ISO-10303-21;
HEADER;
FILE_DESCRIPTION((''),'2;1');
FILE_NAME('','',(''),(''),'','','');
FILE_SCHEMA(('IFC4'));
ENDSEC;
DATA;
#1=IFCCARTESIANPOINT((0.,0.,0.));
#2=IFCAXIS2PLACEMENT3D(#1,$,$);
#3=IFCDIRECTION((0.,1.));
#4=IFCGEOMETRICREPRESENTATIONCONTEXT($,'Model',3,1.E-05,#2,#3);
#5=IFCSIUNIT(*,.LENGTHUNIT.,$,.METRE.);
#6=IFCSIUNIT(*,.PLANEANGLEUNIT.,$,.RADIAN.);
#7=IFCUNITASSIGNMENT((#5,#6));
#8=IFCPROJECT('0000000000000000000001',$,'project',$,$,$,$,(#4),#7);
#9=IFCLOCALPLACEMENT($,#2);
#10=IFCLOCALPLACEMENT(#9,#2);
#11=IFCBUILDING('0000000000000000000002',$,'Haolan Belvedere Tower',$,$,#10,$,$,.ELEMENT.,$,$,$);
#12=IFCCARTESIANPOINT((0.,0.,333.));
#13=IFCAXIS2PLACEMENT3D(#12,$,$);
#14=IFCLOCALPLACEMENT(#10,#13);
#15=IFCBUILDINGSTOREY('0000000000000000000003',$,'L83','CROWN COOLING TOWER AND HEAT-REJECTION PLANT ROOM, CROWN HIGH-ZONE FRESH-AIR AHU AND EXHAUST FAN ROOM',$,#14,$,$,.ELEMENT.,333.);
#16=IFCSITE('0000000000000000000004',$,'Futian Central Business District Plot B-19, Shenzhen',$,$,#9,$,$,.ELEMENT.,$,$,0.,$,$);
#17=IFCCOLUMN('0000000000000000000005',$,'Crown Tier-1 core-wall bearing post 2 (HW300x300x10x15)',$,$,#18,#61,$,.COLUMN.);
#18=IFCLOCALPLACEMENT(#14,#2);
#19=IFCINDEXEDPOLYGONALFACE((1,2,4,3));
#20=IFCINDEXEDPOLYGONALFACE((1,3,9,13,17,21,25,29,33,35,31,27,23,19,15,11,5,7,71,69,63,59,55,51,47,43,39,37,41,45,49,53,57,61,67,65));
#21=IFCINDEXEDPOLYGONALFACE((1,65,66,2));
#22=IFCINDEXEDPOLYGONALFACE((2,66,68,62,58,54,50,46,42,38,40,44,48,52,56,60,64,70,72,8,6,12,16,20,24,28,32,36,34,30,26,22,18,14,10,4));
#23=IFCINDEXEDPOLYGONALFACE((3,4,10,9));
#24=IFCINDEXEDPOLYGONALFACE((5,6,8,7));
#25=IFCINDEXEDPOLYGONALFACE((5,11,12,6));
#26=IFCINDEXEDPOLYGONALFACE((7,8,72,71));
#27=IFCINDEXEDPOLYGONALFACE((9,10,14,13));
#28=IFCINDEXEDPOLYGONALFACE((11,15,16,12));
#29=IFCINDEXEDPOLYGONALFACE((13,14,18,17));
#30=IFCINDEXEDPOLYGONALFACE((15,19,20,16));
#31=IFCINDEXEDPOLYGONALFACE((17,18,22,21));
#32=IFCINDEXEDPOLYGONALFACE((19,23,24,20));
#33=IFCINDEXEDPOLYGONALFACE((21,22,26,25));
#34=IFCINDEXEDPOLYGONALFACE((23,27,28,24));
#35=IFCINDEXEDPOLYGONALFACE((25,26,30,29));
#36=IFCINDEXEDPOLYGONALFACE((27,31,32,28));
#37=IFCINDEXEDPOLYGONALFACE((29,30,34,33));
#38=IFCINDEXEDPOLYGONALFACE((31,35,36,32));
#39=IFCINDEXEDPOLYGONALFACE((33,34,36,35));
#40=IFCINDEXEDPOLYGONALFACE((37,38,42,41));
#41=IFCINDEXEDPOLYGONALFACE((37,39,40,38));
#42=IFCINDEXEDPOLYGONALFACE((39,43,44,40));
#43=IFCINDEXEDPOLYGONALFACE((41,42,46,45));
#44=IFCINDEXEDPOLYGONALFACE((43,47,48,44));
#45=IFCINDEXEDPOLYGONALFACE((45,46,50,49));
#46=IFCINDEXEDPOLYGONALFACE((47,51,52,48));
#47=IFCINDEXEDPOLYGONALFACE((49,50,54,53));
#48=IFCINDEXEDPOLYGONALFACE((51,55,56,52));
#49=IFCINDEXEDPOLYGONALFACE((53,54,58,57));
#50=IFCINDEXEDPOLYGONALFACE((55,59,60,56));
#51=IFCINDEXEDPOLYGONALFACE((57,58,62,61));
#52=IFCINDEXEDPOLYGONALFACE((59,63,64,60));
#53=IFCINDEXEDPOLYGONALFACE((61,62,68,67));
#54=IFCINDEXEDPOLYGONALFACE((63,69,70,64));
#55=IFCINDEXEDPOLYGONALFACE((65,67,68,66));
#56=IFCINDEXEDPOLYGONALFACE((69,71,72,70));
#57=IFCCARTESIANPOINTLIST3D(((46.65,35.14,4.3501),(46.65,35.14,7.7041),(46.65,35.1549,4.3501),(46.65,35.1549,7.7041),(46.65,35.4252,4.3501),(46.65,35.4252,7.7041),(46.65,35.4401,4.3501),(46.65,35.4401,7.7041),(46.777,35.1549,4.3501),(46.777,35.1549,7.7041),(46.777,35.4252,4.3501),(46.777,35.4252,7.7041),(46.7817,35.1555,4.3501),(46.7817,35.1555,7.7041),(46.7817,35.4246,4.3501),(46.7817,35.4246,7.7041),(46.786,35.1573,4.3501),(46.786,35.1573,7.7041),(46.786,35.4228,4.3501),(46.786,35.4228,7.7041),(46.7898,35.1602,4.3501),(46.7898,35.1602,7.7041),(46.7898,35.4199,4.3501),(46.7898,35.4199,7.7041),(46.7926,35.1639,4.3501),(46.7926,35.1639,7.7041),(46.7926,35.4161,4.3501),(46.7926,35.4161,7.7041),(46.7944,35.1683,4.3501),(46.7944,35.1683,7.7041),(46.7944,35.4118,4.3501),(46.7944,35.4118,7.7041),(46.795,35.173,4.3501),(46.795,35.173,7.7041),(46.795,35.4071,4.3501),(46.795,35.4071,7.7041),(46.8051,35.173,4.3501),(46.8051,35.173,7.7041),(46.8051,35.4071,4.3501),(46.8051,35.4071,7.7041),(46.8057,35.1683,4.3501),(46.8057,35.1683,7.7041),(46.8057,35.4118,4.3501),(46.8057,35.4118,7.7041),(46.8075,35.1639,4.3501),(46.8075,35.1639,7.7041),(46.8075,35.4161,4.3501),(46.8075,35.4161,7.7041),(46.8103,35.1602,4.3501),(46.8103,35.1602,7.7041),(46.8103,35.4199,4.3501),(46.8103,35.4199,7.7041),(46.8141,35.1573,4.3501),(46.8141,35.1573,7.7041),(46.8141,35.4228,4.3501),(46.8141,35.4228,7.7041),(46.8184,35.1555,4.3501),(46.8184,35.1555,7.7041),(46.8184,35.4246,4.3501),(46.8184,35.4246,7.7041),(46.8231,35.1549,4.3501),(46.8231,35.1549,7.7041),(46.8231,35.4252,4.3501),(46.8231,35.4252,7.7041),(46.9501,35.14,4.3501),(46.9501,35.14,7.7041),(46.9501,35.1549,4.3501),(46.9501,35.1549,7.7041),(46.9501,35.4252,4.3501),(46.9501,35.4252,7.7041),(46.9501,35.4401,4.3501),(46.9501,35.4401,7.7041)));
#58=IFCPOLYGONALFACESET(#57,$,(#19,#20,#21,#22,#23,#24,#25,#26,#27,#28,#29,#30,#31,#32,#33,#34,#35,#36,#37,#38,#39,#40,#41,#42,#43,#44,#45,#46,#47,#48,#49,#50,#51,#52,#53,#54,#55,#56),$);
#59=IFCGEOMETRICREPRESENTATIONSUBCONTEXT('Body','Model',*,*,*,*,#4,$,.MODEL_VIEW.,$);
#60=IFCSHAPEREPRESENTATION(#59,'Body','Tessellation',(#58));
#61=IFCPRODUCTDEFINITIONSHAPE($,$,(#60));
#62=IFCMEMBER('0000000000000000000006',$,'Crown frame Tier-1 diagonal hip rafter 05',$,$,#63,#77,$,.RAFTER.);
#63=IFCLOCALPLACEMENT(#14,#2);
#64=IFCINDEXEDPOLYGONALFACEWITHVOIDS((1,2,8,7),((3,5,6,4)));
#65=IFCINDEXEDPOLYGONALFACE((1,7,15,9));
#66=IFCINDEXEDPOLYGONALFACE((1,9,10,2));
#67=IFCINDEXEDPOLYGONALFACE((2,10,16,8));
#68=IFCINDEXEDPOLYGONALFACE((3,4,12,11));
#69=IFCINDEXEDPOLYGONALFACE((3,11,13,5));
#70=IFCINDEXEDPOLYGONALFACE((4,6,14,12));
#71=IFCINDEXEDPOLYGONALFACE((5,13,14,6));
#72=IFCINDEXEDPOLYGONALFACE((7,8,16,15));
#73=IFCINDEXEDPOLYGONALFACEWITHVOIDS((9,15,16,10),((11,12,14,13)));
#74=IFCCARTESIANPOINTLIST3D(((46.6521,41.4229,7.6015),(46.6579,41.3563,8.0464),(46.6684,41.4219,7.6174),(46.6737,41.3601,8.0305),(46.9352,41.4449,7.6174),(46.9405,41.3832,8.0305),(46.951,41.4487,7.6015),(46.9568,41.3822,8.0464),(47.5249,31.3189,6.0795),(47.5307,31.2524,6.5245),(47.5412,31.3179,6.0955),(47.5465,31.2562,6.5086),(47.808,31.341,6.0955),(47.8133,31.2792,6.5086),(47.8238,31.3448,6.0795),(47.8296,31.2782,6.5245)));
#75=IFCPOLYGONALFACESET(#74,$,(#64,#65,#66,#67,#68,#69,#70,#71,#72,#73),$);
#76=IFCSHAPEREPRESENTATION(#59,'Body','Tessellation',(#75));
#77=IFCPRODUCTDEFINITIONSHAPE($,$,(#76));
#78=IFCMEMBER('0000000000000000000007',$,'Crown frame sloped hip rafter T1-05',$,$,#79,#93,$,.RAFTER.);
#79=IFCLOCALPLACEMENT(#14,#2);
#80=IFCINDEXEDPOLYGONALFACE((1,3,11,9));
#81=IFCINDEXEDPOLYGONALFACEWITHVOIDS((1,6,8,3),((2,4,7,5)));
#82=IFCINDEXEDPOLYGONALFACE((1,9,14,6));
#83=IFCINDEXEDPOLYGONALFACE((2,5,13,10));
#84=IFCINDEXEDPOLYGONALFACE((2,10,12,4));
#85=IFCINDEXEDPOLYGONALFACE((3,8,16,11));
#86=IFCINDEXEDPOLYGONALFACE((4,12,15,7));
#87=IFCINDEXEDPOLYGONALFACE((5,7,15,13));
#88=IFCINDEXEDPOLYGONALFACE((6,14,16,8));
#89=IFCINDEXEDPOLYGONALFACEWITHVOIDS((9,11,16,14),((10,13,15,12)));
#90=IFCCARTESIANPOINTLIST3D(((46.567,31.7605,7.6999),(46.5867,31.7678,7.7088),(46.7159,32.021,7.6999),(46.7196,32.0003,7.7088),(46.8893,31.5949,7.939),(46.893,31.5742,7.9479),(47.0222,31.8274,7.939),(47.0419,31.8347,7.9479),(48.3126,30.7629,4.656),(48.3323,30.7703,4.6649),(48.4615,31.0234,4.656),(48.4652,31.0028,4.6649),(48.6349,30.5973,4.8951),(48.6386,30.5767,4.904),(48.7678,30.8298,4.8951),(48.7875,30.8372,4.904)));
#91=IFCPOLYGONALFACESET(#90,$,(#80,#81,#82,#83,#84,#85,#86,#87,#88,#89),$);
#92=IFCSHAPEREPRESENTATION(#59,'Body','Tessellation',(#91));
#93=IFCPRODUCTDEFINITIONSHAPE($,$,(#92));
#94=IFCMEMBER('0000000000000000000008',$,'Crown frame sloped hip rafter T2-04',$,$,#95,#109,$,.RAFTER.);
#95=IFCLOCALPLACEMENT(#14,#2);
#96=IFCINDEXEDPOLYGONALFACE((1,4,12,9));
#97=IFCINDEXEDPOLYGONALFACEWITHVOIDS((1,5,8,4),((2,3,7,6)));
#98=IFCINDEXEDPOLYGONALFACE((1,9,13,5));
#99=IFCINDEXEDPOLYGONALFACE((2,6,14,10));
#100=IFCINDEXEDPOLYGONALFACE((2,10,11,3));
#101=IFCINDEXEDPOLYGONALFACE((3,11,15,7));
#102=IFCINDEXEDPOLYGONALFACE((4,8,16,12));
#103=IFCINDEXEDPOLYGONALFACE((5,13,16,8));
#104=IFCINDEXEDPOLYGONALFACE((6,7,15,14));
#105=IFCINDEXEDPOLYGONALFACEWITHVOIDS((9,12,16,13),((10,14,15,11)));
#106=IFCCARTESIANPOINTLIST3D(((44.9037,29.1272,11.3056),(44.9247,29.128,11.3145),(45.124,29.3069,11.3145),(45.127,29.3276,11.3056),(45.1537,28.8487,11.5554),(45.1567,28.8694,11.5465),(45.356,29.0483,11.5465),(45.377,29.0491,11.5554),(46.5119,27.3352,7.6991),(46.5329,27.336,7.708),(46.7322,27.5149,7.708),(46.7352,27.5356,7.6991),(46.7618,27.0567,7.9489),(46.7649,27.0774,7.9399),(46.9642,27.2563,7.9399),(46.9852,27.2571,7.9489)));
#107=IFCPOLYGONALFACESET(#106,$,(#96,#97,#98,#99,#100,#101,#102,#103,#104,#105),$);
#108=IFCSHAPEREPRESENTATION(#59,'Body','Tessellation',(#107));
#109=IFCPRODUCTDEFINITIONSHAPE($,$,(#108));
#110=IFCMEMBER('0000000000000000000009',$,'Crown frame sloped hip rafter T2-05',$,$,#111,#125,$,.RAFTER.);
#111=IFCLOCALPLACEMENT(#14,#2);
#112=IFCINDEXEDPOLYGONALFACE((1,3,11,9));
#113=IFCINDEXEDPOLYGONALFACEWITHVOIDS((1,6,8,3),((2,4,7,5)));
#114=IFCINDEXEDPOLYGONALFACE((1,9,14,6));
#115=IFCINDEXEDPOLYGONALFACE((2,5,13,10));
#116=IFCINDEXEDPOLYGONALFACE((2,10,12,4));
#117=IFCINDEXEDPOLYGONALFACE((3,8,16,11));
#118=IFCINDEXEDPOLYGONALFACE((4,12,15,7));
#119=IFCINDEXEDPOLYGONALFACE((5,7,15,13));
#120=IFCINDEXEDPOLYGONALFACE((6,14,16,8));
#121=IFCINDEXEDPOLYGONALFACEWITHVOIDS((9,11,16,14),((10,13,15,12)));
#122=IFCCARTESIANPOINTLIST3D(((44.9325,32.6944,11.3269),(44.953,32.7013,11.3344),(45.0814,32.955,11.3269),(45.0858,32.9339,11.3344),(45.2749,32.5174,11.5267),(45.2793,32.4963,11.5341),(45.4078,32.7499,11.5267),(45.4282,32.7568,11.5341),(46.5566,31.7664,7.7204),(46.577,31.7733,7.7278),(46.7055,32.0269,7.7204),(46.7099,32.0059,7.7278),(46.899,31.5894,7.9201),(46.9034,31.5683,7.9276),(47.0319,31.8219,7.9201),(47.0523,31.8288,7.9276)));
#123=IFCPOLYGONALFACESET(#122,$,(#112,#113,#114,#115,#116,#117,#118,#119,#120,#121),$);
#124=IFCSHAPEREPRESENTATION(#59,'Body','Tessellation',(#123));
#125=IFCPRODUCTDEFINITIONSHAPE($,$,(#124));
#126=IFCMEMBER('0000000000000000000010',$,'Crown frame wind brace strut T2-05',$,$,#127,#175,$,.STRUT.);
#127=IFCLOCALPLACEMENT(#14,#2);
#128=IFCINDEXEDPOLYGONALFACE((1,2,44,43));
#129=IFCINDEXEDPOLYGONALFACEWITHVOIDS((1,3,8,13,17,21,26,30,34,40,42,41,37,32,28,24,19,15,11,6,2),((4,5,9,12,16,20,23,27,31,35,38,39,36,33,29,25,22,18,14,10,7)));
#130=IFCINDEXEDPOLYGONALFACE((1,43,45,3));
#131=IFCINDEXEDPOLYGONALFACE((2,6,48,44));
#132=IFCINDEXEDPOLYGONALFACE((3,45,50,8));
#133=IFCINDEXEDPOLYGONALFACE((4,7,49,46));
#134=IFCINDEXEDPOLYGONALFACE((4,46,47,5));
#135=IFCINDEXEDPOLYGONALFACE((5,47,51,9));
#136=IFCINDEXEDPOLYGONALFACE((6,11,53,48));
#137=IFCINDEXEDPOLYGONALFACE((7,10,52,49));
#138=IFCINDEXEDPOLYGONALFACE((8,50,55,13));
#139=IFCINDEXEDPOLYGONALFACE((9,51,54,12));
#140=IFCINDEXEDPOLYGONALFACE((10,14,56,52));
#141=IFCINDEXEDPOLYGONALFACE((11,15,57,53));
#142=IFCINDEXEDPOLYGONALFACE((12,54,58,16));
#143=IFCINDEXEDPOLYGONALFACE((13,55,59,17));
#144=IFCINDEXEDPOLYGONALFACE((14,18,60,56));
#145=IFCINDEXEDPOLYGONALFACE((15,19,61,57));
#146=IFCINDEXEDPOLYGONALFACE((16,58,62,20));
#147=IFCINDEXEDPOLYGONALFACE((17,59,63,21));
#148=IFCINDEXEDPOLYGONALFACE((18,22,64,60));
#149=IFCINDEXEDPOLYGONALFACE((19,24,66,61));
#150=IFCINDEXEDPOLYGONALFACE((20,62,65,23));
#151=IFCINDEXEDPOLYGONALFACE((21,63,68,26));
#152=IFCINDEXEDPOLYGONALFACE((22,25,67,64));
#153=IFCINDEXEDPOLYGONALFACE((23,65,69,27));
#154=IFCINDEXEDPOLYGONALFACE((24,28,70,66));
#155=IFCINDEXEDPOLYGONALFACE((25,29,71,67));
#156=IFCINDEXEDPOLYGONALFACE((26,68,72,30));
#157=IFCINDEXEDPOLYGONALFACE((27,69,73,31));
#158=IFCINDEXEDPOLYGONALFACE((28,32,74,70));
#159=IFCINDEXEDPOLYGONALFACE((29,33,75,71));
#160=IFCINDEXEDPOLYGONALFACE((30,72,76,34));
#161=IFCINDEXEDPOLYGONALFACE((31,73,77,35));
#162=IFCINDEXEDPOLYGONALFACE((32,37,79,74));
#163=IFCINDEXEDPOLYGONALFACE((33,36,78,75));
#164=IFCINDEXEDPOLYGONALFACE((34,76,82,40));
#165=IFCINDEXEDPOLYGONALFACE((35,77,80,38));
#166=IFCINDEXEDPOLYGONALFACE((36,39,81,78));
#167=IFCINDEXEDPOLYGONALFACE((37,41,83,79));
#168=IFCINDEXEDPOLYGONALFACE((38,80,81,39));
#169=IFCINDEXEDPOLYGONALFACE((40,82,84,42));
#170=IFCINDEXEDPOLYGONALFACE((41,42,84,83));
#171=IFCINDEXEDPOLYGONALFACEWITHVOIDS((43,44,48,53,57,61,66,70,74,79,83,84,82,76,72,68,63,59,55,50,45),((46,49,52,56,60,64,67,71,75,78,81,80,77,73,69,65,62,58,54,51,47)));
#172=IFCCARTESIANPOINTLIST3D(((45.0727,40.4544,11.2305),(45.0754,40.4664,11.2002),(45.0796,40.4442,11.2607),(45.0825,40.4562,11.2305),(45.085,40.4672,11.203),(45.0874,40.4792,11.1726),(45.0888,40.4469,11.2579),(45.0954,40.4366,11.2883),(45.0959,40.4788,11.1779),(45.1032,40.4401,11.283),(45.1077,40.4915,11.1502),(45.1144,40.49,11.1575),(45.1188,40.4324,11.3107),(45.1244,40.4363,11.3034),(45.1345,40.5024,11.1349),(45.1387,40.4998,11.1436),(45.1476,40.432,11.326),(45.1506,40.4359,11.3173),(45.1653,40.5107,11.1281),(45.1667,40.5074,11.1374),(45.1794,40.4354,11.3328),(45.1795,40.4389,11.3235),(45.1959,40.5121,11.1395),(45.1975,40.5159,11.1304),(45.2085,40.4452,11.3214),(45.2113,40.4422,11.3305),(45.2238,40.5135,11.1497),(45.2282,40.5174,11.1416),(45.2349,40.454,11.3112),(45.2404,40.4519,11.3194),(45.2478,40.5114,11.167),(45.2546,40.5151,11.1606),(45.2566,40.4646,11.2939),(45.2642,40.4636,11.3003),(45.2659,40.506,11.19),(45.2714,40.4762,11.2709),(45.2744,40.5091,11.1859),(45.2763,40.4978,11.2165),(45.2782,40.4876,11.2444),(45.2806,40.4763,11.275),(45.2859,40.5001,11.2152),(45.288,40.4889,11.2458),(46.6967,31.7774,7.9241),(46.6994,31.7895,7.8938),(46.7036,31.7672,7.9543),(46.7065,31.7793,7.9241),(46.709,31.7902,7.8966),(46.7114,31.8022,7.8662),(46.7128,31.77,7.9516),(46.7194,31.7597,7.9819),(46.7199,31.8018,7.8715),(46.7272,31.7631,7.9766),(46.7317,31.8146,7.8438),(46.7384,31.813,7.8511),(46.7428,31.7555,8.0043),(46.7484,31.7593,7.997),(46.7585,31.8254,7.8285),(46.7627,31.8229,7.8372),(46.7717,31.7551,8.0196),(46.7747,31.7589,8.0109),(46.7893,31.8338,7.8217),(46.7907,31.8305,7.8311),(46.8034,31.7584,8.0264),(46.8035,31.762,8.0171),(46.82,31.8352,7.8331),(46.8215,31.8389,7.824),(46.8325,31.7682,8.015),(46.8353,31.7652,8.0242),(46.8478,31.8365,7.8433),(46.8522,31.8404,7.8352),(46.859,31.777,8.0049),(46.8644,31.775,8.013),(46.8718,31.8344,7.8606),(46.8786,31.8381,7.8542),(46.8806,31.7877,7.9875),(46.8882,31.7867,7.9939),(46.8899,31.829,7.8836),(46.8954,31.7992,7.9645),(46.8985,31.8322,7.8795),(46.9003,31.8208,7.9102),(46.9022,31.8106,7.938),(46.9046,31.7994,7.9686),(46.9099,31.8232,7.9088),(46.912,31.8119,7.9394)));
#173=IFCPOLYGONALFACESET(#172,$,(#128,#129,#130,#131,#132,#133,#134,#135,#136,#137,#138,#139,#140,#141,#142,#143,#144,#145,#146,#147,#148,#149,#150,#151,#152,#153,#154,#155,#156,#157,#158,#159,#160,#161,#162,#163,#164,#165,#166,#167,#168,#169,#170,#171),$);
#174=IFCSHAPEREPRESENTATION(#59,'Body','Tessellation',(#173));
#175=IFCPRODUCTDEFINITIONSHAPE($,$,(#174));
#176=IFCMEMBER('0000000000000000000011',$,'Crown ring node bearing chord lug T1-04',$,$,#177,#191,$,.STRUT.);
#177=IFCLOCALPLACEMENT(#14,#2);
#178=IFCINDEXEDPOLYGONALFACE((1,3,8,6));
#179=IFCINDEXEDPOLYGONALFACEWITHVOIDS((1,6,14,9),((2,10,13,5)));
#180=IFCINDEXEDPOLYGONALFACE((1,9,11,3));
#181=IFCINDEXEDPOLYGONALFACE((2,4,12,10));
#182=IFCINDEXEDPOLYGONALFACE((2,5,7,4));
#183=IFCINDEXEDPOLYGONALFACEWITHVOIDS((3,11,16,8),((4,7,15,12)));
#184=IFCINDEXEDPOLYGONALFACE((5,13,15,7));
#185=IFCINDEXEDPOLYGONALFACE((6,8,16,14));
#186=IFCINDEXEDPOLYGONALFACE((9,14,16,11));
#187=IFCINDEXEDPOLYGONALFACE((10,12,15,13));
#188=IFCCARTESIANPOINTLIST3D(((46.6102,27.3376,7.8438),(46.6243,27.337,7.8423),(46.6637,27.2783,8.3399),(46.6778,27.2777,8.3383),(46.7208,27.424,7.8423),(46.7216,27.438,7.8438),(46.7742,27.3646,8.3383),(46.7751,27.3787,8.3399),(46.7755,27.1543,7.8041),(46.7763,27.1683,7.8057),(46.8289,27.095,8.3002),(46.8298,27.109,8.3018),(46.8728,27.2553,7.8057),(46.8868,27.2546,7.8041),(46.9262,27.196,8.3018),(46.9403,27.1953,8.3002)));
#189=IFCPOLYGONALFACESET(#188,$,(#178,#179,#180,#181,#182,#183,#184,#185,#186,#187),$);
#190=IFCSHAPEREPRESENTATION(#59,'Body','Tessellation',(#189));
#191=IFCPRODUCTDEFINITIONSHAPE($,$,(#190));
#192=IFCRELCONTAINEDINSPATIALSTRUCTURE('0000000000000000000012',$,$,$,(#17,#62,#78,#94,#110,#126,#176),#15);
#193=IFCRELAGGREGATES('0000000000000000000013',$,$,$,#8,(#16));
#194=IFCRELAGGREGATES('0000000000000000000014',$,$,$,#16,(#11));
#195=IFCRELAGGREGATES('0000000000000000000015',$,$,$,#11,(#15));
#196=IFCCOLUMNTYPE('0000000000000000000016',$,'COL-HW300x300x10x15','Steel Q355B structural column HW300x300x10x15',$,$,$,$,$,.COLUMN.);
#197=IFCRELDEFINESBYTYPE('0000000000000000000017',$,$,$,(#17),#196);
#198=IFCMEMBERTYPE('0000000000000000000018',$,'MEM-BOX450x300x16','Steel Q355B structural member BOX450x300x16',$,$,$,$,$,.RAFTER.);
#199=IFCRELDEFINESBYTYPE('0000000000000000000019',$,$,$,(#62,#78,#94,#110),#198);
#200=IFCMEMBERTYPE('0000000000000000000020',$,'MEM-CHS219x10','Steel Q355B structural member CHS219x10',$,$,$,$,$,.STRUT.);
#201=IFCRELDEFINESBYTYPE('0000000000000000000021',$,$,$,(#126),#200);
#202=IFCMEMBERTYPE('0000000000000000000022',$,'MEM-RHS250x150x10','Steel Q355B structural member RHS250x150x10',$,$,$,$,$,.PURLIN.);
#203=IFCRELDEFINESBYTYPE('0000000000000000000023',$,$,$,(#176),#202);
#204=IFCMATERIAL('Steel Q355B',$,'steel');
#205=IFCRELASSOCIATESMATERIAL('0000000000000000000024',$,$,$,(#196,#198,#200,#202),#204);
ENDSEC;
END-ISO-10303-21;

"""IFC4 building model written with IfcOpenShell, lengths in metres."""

from ifc_helpers import new_model, si_unit, direction, frame, origin, origin_2d, place, context, subcontext, project, spatial, hollow_rectangle, hollow_circle, i_section, extrude, material, material_profile, profile_set, type_object, element, save


model = new_model("IFC4")

# Units and contexts
model_context = context("Model", 3, precision=1e-05, world=origin(), true_north=direction((0.0, 1.0)))
body_context = subcontext(model_context, "Body", "Model", "MODEL_VIEW")
ifc_project = project(units=[si_unit("LENGTHUNIT", "METRE"), si_unit("PLANEANGLEUNIT", "RADIAN")], contexts=[model_context])

# Site, building, storey
site_placement = place(None, origin())
site = spatial("IfcSite", under=ifc_project, at=site_placement, Name="Futian Central Business District Plot B-19, Shenzhen", CompositionType="ELEMENT", RefElevation=0.0)
building_placement = place(site_placement, origin())
building = spatial("IfcBuilding", under=site, at=building_placement, Name="Haolan Belvedere Tower", CompositionType="ELEMENT")
storey_placement = place(building_placement, frame((0.0, 0.0, 333.0)))
storey = spatial("IfcBuildingStorey", under=building, at=storey_placement, Name="L83", Description="CROWN COOLING TOWER AND HEAT-REJECTION PLANT ROOM, CROWN HIGH-ZONE FRESH-AIR AHU AND EXHAUST FAN ROOM", CompositionType="ELEMENT", Elevation=333.0)

# Column
ifc_material_1 = material(Name="Steel Q355B", Category="steel")
ifc_material_profile_1 = material_profile(ifc_material_1, i_section(OverallWidth=0.3, OverallDepth=0.3, WebThickness=0.01, FlangeThickness=0.0149, FilletRadius=0.0181, at=origin_2d()), Name="Steel Q355B")
ifc_profile_set_1 = profile_set([ifc_material_profile_1], Name="Steel Q355B")
column_type = type_object("IfcColumnType", Name="COL-HW300x300x10x15", Description="Steel Q355B structural column HW300x300x10x15", PredefinedType="COLUMN", material=ifc_profile_set_1)
column_placement = place(storey_placement, frame((46.8, 35.29, 4.3501), z_axis=(0.0, 0.0, 1.0), x_axis=(1.0, 0.0, 0.0)))
element("IfcColumn", 1, at=column_placement, inside=storey, type_object=column_type, Name="Crown Tier-1 core-wall bearing post 2 (HW300x300x10x15)", PredefinedType="COLUMN", context=body_context, shape_type="SweptSolid", body=[
    extrude(i_section(OverallWidth=0.3, OverallDepth=0.3, WebThickness=0.01, FlangeThickness=0.0149, FilletRadius=0.0181, at=origin_2d()), origin(), (0.0, 0.0, 1.0), 3.354),
])

# Members
ifc_material_profile_2 = material_profile(ifc_material_1, hollow_rectangle(XDim=0.3, YDim=0.45, WallThickness=0.0161, at=origin_2d()), Name="Steel Q355B")
ifc_profile_set_2 = profile_set([ifc_material_profile_2], Name="Steel Q355B")
member_type_1 = type_object("IfcMemberType", Name="MEM-BOX450x300x16", Description="Steel Q355B structural member BOX450x300x16", PredefinedType="RAFTER", material=ifc_profile_set_2)
member_1_placement = place(storey_placement, frame((47.6772, 31.2986, 6.302), z_axis=(-0.085108, 0.985257, 0.14841), x_axis=(-0.99629, -0.086061, 0.0)))
element("IfcMember", 2, at=member_1_placement, inside=storey, type_object=member_type_1, Name="Crown frame Tier-1 diagonal hip rafter 05", PredefinedType="RAFTER", context=body_context, shape_type="SweptSolid", body=[
    extrude(hollow_rectangle(XDim=0.3, YDim=0.45, WallThickness=0.0161, at=origin_2d()), origin(), (0.0, 0.0, 1.0), 10.2551),
])
member_2_placement = place(storey_placement, frame((48.55, 30.8, 4.78), z_axis=(-0.478511, 0.273454, 0.834416), x_axis=(-0.496165, -0.868228, 0.0)))
element("IfcMember", 3, at=member_2_placement, inside=storey, type_object=member_type_1, Name="Crown frame sloped hip rafter T1-05", PredefinedType="RAFTER", context=body_context, shape_type="SweptSolid", body=[
    extrude(hollow_rectangle(XDim=0.3, YDim=0.45, WallThickness=0.0161, at=origin_2d()), origin(), (0.0, 0.0, 1.0), 3.6479),
])
member_3_placement = place(storey_placement, frame((46.7485, 27.2961, 7.824), z_axis=(-0.370855, 0.41325, 0.83168), x_axis=(-0.744251, -0.6679, 0.0)))
element("IfcMember", 4, at=member_3_placement, inside=storey, type_object=member_type_1, Name="Crown frame sloped hip rafter T2-04", PredefinedType="RAFTER", context=body_context, shape_type="SweptSolid", body=[
    extrude(hollow_rectangle(XDim=0.3, YDim=0.45, WallThickness=0.0161, at=origin_2d()), origin(), (0.0, 0.0, 1.0), 4.3364),
])
member_4_placement = place(storey_placement, frame((46.8044, 31.7976, 7.824), z_axis=(-0.399746, 0.228418, 0.88771), x_axis=(-0.496125, -0.868251, 0.0)))
element("IfcMember", 5, at=member_4_placement, inside=storey, type_object=member_type_1, Name="Crown frame sloped hip rafter T2-05", PredefinedType="RAFTER", context=body_context, shape_type="SweptSolid", body=[
    extrude(hollow_rectangle(XDim=0.3, YDim=0.45, WallThickness=0.0161, at=origin_2d()), origin(), (0.0, 0.0, 1.0), 4.0627),
])
ifc_material_profile_3 = material_profile(ifc_material_1, hollow_circle(Radius=0.1096, WallThickness=0.01, at=origin_2d()), Name="Steel Q355B")
ifc_profile_set_3 = profile_set([ifc_material_profile_3], Name="Steel Q355B")
member_type_2 = type_object("IfcMemberType", Name="MEM-CHS219x10", Description="Steel Q355B structural member CHS219x10", PredefinedType="STRUT", material=ifc_profile_set_3)
member_5_placement = place(storey_placement, frame((46.8044, 31.7976, 7.9241), z_axis=(-0.172282, 0.920484, 0.350753), x_axis=(-0.982932, -0.18397, 0.0)))
element("IfcMember", 6, at=member_5_placement, inside=storey, type_object=member_type_2, Name="Crown frame wind brace strut T2-05", PredefinedType="STRUT", context=body_context, shape_type="SweptSolid", body=[
    extrude(hollow_circle(Radius=0.1096, WallThickness=0.01, at=origin_2d()), origin(), (0.0, 0.0, 1.0), 9.4265),
])
ifc_material_profile_4 = material_profile(ifc_material_1, hollow_rectangle(XDim=0.1499, YDim=0.25, WallThickness=0.01, at=origin_2d()), Name="Steel Q355B")
ifc_profile_set_4 = profile_set([ifc_material_profile_4], Name="Steel Q355B")
member_type_3 = type_object("IfcMemberType", Name="MEM-RHS250x150x10", Description="Steel Q355B structural member RHS250x150x10", PredefinedType="PURLIN", material=ifc_profile_set_4)
for number, where, z_axis, x_axis, name in (
    (7, (46.7485, 27.2961, 7.824), (0.106406, -0.118066, 0.987288), (0.742838, 0.669471, 0.0), "Crown ring node bearing chord lug T1-04"),
):
    element("IfcMember", number, at=place(storey_placement, frame(where, z_axis=z_axis, x_axis=x_axis)), inside=storey, type_object=member_type_3, Name=name, PredefinedType="STRUT", context=body_context, shape_type="SweptSolid", body=[
        extrude(hollow_rectangle(XDim=0.1499, YDim=0.25, WallThickness=0.01, at=origin_2d()), origin(), (0.0, 0.0, 1.0), 0.5024),
    ])

save(model, "model.ifc")
